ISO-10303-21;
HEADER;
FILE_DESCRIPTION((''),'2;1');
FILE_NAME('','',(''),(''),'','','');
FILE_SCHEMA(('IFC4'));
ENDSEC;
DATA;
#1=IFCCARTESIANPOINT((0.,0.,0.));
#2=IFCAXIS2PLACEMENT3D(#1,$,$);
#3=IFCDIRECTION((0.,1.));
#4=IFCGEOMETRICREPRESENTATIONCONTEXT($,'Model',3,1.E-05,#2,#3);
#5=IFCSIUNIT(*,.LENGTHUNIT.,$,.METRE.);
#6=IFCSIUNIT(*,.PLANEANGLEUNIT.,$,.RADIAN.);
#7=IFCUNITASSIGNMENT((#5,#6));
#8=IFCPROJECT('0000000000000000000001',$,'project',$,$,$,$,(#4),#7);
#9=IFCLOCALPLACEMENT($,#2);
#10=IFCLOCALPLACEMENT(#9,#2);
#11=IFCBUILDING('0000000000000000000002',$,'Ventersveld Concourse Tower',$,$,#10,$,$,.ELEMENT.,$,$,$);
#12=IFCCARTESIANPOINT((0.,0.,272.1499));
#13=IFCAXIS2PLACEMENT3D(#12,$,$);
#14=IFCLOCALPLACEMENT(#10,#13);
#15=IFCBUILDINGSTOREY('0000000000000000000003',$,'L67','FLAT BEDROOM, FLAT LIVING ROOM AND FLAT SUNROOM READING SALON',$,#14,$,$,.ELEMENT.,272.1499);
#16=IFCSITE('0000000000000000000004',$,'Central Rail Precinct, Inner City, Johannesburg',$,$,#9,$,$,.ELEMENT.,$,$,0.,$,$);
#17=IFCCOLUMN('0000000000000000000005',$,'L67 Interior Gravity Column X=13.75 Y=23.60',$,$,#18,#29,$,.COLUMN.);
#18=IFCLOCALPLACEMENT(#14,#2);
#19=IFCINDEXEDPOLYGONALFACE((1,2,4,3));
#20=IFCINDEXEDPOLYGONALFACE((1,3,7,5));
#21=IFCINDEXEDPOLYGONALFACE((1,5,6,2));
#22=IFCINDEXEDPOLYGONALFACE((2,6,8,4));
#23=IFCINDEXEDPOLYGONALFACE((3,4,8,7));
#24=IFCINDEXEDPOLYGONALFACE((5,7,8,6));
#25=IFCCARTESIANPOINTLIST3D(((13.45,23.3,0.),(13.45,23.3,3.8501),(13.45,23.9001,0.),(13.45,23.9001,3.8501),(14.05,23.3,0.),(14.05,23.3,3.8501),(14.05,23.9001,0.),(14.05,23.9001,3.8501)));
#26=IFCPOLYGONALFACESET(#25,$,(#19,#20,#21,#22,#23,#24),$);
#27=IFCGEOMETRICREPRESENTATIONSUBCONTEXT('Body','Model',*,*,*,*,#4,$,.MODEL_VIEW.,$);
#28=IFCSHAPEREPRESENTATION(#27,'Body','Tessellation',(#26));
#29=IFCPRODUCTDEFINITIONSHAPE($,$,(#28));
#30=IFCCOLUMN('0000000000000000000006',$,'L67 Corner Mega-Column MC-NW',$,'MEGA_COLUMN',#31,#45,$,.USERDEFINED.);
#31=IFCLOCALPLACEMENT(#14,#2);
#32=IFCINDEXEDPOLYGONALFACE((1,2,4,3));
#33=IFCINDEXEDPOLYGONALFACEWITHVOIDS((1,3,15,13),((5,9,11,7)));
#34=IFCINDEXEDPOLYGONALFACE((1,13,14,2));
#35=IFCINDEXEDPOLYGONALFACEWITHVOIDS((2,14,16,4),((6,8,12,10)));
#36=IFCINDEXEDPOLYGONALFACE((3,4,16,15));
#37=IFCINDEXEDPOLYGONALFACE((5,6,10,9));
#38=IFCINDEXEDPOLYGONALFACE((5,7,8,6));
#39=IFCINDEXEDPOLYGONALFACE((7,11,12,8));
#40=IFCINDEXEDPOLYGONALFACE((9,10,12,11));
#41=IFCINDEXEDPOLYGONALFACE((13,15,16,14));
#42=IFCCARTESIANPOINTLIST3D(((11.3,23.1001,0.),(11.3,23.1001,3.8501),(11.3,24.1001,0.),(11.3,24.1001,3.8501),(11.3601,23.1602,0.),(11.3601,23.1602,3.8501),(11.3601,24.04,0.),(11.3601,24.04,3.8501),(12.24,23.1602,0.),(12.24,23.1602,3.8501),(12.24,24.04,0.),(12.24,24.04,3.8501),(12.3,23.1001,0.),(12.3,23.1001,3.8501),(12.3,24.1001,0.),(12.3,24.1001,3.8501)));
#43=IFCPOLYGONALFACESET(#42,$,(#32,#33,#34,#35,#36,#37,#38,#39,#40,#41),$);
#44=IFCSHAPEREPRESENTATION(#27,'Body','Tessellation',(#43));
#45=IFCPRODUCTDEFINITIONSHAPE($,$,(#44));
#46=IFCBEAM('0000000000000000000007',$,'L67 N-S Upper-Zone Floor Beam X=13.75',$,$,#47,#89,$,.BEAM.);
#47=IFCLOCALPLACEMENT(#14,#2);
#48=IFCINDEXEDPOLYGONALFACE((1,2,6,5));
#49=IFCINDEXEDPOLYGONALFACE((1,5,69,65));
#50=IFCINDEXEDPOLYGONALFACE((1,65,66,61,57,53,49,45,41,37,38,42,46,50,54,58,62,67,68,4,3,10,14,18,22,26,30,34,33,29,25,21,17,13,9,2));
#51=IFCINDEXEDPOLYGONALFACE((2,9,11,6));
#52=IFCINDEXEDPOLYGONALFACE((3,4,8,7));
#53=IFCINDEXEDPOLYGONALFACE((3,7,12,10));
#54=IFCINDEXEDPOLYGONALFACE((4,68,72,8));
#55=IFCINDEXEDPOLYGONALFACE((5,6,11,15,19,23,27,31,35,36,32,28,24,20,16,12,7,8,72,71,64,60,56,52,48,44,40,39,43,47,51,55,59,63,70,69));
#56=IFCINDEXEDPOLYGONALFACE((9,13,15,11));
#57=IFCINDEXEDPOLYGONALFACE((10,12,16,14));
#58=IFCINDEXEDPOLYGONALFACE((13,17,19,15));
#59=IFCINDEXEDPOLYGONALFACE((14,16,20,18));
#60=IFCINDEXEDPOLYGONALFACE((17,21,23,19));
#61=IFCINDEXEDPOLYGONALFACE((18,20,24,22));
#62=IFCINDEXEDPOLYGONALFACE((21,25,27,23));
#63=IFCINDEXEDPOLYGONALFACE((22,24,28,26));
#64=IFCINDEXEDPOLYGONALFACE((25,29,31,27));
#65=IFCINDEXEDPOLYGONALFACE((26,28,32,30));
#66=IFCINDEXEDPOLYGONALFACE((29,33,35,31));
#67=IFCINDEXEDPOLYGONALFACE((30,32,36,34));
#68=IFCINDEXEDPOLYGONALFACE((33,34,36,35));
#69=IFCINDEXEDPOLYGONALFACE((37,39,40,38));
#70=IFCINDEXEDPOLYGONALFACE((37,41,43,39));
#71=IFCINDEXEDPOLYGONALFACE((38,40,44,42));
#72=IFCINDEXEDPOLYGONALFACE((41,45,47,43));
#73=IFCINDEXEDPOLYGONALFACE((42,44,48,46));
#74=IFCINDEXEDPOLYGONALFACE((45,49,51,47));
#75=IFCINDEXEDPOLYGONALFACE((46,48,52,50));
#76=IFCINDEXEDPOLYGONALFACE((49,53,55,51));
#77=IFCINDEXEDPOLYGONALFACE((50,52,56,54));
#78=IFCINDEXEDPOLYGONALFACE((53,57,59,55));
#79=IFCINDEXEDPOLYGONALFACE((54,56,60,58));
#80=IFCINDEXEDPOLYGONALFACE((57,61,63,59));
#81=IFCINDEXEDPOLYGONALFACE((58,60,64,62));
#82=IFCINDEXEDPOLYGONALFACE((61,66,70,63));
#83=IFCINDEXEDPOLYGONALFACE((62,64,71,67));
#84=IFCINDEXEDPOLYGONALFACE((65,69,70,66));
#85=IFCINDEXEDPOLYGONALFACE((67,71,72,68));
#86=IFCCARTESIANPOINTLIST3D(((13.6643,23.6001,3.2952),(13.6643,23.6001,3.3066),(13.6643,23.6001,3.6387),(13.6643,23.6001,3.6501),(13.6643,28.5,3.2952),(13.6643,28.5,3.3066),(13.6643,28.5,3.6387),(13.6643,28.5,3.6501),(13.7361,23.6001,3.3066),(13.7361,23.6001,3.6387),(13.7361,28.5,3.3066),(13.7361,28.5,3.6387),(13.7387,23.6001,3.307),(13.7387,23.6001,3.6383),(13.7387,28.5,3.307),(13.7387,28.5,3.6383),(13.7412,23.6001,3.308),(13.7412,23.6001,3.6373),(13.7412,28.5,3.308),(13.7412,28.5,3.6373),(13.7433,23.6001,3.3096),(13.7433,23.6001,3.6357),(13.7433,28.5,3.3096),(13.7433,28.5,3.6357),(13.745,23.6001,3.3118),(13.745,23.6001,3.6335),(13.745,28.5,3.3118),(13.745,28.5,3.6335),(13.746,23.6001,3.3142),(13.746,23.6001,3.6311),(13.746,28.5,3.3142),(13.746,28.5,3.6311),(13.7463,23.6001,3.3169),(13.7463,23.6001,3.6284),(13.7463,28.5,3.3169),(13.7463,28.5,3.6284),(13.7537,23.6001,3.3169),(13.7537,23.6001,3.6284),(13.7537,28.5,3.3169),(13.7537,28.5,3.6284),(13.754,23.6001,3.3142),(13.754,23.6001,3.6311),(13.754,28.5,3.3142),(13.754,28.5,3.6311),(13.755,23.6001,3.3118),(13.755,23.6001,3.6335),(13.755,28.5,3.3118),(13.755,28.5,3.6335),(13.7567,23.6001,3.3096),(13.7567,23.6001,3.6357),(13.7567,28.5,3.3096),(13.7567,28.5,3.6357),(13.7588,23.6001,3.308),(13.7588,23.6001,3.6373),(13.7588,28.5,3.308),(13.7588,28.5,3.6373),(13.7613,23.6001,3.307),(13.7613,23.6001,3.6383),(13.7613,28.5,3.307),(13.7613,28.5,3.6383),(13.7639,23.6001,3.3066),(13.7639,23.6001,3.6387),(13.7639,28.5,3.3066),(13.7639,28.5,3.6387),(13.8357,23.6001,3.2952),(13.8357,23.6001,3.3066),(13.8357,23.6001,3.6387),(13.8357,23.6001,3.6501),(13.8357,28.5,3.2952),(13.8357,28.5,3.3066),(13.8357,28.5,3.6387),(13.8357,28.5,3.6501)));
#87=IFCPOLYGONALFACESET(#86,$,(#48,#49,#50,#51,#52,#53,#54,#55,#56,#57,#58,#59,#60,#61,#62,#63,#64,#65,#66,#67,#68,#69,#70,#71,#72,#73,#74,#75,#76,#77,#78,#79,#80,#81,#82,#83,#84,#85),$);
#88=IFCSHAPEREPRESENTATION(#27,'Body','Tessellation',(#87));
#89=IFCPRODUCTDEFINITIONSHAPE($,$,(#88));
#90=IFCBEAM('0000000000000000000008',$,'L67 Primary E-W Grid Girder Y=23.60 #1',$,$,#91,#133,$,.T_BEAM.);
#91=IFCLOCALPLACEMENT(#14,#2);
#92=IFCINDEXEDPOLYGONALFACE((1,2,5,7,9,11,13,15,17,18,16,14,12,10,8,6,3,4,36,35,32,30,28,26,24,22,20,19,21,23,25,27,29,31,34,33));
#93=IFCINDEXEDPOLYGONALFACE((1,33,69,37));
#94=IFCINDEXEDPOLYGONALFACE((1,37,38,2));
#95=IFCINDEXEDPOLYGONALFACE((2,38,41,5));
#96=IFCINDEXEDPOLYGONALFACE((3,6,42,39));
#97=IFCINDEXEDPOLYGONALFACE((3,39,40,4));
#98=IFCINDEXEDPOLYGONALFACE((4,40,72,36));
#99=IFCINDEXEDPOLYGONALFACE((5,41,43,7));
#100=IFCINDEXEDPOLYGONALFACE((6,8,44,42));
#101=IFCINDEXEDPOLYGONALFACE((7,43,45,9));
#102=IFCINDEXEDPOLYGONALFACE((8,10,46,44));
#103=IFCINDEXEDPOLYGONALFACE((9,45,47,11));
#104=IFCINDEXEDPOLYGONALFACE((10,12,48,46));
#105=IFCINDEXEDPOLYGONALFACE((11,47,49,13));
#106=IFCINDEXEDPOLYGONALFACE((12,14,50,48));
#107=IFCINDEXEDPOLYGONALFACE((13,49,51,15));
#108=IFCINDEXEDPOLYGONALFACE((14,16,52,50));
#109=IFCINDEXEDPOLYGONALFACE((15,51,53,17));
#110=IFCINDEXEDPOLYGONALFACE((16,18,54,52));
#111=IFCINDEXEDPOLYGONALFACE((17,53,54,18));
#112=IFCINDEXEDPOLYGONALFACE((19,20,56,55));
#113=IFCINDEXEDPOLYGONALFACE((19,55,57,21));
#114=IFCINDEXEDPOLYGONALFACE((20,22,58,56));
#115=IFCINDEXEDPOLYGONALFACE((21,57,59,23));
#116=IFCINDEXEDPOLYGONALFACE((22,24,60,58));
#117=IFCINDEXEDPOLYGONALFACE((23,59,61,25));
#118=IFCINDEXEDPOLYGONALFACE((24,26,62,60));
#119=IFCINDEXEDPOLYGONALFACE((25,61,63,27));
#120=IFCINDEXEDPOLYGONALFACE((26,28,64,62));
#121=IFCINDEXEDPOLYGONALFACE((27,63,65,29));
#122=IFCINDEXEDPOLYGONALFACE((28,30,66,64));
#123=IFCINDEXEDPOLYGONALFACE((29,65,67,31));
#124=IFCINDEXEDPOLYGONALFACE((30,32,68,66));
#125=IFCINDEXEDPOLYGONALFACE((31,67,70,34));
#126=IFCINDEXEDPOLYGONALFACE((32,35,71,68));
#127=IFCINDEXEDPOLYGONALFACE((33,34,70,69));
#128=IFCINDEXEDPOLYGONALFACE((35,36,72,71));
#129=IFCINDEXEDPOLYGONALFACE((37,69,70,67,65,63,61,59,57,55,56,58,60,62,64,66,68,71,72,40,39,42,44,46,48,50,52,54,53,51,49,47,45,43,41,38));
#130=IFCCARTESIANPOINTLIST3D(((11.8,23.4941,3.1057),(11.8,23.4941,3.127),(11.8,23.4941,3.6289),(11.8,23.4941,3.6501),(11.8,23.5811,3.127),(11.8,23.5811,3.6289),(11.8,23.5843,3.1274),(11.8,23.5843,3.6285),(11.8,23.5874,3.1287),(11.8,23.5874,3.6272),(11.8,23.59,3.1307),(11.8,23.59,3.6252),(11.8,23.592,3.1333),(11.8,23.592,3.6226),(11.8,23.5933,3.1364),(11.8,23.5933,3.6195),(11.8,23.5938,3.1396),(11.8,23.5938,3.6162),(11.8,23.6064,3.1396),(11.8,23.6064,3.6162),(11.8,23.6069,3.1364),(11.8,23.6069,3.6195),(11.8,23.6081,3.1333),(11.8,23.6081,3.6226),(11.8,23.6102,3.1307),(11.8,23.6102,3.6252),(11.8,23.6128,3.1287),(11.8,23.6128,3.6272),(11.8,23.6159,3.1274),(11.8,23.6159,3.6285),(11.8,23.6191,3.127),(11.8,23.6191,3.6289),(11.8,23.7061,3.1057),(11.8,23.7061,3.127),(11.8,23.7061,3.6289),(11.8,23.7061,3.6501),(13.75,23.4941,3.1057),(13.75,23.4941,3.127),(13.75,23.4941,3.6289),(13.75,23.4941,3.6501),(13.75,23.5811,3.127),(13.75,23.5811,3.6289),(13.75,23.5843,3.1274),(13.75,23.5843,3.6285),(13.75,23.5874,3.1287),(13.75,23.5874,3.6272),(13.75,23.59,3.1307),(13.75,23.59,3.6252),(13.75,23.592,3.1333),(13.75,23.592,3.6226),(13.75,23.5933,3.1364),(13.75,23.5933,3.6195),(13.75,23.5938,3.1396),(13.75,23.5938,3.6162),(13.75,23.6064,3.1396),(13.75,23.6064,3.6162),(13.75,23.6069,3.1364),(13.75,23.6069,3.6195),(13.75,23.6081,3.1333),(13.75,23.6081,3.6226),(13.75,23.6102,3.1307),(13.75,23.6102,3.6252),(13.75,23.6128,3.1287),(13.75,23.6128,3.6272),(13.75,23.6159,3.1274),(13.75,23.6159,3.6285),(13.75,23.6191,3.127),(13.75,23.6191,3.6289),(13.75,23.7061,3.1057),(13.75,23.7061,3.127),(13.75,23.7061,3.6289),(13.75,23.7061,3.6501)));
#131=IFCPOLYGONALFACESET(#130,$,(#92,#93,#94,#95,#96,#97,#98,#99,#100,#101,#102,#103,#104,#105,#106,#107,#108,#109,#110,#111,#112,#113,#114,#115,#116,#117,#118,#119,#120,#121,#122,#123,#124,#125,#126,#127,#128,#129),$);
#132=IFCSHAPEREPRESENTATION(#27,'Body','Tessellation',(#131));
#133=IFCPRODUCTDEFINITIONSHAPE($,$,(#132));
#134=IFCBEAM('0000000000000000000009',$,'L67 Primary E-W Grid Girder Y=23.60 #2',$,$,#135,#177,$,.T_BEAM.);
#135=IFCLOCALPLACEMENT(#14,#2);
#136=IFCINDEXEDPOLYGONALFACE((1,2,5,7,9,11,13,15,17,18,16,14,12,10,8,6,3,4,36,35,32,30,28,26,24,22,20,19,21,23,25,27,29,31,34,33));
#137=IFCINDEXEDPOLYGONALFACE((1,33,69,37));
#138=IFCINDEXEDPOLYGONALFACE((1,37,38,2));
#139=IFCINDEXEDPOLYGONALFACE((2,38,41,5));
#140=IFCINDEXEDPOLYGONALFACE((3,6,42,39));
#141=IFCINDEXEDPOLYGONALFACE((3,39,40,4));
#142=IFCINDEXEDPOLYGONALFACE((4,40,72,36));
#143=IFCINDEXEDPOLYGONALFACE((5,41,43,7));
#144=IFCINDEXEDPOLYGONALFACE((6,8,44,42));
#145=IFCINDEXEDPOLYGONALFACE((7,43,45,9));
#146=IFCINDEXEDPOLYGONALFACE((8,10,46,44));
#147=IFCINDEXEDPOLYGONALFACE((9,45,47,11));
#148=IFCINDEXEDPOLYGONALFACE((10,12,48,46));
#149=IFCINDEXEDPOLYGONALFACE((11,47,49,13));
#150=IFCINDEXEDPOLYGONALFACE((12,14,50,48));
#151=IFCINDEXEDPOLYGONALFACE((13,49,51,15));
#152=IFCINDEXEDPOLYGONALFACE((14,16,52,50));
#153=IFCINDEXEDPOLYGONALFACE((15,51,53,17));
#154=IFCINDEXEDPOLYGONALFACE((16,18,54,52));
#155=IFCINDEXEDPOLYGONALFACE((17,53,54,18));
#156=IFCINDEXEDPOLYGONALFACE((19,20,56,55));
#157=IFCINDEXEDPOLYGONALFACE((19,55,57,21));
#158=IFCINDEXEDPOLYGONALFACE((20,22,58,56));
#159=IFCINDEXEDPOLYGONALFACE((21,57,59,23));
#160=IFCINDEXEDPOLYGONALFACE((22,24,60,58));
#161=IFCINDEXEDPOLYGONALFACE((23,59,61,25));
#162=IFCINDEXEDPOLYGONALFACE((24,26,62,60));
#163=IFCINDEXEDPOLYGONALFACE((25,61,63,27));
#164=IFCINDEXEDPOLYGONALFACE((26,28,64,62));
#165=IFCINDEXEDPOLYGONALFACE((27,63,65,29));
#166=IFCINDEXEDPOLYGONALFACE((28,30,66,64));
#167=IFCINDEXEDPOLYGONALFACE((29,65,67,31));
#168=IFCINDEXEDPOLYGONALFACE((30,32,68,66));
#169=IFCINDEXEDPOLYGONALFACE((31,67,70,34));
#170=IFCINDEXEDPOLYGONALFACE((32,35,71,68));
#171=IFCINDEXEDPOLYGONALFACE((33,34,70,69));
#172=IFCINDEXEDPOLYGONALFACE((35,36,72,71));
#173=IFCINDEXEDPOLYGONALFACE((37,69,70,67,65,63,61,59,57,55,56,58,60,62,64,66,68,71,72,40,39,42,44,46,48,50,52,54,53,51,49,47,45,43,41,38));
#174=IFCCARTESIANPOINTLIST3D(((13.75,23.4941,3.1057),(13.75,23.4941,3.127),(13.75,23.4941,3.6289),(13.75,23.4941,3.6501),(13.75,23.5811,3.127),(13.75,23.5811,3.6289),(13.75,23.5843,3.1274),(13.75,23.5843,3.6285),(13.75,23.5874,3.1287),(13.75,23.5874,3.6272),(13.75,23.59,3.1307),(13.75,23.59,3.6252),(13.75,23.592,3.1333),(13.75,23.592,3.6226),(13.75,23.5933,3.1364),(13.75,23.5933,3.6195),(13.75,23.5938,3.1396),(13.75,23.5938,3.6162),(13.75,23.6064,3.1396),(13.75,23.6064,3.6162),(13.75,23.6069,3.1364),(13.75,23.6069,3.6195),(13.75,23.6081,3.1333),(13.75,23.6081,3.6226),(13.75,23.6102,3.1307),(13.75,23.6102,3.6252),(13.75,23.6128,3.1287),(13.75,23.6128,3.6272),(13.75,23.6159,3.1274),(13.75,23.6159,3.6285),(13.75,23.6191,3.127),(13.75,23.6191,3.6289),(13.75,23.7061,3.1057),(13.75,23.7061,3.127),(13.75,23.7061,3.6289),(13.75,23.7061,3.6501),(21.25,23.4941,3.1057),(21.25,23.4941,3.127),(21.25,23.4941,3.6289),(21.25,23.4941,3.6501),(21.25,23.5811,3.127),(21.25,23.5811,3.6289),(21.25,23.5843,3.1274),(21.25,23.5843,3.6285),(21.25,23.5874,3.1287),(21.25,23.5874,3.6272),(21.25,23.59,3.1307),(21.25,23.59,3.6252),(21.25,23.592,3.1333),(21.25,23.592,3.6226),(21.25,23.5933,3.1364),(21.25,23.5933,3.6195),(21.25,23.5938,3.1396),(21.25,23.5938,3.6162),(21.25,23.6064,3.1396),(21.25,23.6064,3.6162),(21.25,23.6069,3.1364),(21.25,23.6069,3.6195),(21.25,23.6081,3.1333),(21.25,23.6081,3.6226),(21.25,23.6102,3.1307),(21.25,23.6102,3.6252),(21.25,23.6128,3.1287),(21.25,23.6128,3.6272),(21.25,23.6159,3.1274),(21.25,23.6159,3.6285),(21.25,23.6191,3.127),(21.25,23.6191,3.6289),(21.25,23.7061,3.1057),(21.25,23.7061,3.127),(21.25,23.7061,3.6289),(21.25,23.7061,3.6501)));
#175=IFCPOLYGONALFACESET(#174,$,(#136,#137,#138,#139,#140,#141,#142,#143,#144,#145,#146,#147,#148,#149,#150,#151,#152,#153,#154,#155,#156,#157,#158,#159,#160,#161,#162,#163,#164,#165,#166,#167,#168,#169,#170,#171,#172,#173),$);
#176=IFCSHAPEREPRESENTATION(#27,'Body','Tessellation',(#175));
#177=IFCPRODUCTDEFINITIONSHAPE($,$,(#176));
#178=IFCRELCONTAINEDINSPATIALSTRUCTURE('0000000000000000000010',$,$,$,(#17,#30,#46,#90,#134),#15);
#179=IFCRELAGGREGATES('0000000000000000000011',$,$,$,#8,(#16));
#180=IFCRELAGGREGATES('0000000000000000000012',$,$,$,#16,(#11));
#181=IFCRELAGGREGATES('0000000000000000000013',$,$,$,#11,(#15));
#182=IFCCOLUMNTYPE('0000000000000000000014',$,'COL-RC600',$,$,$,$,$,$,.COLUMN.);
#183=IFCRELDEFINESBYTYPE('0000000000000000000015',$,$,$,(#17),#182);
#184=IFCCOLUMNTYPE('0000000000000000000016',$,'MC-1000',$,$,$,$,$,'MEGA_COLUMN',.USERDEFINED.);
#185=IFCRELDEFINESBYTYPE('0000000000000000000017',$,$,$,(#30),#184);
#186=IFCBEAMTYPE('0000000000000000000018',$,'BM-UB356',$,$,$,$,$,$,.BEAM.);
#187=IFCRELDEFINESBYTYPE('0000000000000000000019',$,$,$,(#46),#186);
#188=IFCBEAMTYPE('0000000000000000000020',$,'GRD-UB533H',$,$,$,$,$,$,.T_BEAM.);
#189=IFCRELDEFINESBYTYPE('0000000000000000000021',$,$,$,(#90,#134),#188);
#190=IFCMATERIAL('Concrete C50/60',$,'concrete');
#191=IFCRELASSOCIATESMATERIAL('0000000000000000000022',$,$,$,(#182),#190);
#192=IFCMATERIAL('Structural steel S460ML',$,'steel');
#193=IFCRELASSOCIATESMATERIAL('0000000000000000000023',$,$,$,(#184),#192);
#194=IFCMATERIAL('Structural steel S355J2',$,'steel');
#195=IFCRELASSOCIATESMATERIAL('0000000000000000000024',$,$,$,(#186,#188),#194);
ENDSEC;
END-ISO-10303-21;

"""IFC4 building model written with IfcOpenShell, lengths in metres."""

from ifc_helpers import new_model, si_unit, direction, frame, origin, origin_2d, place, context, subcontext, project, spatial, rectangle, hollow_rectangle, i_section, extrude, material, material_profile, profile_set, type_object, element, save


model = new_model("IFC4")

# Units and contexts
model_context = context("Model", 3, precision=1e-05, world=origin(), true_north=direction((0.0, 1.0)))
body_context = subcontext(model_context, "Body", "Model", "MODEL_VIEW")
ifc_project = project(units=[si_unit("LENGTHUNIT", "METRE"), si_unit("PLANEANGLEUNIT", "RADIAN")], contexts=[model_context])

# Site, building, storey
site_placement = place(None, origin())
site = spatial("IfcSite", under=ifc_project, at=site_placement, Name="Central Rail Precinct, Inner City, Johannesburg", CompositionType="ELEMENT", RefElevation=0.0)
building_placement = place(site_placement, origin())
building = spatial("IfcBuilding", under=site, at=building_placement, Name="Ventersveld Concourse Tower", CompositionType="ELEMENT")
storey_placement = place(building_placement, frame((0.0, 0.0, 272.1499)))
storey = spatial("IfcBuildingStorey", under=building, at=storey_placement, Name="L67", Description="FLAT BEDROOM, FLAT LIVING ROOM AND FLAT SUNROOM READING SALON", CompositionType="ELEMENT", Elevation=272.1499)

# Columns
ifc_material_1 = material(Name="Concrete C50/60", Category="concrete")
ifc_material_profile_1 = material_profile(ifc_material_1, rectangle(XDim=0.6001, YDim=0.6001, at=origin_2d()), Name="RC 600x600")
ifc_profile_set_1 = profile_set([ifc_material_profile_1], Name="Concrete C50/60")
column_type_1 = type_object("IfcColumnType", Name="COL-RC600", PredefinedType="COLUMN", material=ifc_profile_set_1)
column_1_placement = place(storey_placement, frame((13.75, 23.6001, 0.0), z_axis=(0.0, 0.0, 1.0), x_axis=(1.0, 0.0, 0.0)))
element("IfcColumn", 1, at=column_1_placement, inside=storey, type_object=column_type_1, Name="L67 Interior Gravity Column X=13.75 Y=23.60", PredefinedType="COLUMN", context=body_context, shape_type="SweptSolid", body=[
    extrude(rectangle(XDim=0.6001, YDim=0.6001, at=origin_2d()), origin(), (0.0, 0.0, 1.0), 3.8501),
])
ifc_material_2 = material(Name="Structural steel S460ML", Category="steel")
ifc_material_profile_2 = material_profile(ifc_material_2, hollow_rectangle(XDim=1.0, YDim=1.0, WallThickness=0.0601, at=origin_2d()), Name="BOX 1000x1000x60")
ifc_profile_set_2 = profile_set([ifc_material_profile_2], Name="Structural steel S460ML")
column_type_2 = type_object("IfcColumnType", Name="MC-1000", ElementType="MEGA_COLUMN", PredefinedType="USERDEFINED", material=ifc_profile_set_2)
column_2_placement = place(storey_placement, frame((11.8, 23.6001, 0.0), z_axis=(0.0, 0.0, 1.0), x_axis=(1.0, 0.0, 0.0)))
element("IfcColumn", 2, at=column_2_placement, inside=storey, type_object=column_type_2, Name="L67 Corner Mega-Column MC-NW", ObjectType="MEGA_COLUMN", PredefinedType="USERDEFINED", context=body_context, shape_type="SweptSolid", body=[
    extrude(hollow_rectangle(XDim=1.0, YDim=1.0, WallThickness=0.0601, at=origin_2d()), origin(), (0.0, 0.0, 1.0), 3.8501),
])

# Beams
ifc_material_3 = material(Name="Structural steel S355J2", Category="steel")
ifc_material_profile_3 = material_profile(ifc_material_3, i_section(OverallWidth=0.1714, OverallDepth=0.355, WebThickness=0.0073, FlangeThickness=0.0115, FilletRadius=0.0103, at=origin_2d()), Name="UB 356x171x51")
ifc_profile_set_3 = profile_set([ifc_material_profile_3], Name="Structural steel S355J2")
beam_type_1 = type_object("IfcBeamType", Name="BM-UB356", PredefinedType="BEAM", material=ifc_profile_set_3)
beam_1_placement = place(storey_placement, frame((13.75, 23.6001, 3.4727), z_axis=(0.0, 1.0, 0.0), x_axis=(-1.0, 0.0, 0.0)))
element("IfcBeam", 3, at=beam_1_placement, inside=storey, type_object=beam_type_1, Name="L67 N-S Upper-Zone Floor Beam X=13.75", PredefinedType="BEAM", context=body_context, shape_type="SweptSolid", body=[
    extrude(i_section(OverallWidth=0.1714, OverallDepth=0.355, WebThickness=0.0073, FlangeThickness=0.0115, FilletRadius=0.0103, at=origin_2d()), origin(), (0.0, 0.0, 1.0), 4.8999),
])
ifc_material_profile_4 = material_profile(ifc_material_3, i_section(OverallWidth=0.2119, OverallDepth=0.5444, WebThickness=0.0127, FlangeThickness=0.0212, FilletRadius=0.0127, at=origin_2d()), Name="UB 533x210x122")
ifc_profile_set_4 = profile_set([ifc_material_profile_4], Name="Structural steel S355J2")
beam_type_2 = type_object("IfcBeamType", Name="GRD-UB533H", PredefinedType="T_BEAM", material=ifc_profile_set_4)
beam_2_placement = place(storey_placement, frame((11.8, 23.6001, 3.3779), z_axis=(1.0, 0.0, 0.0), x_axis=(0.0, 1.0, 0.0)))
element("IfcBeam", 4, at=beam_2_placement, inside=storey, type_object=beam_type_2, Name="L67 Primary E-W Grid Girder Y=23.60 #1", PredefinedType="T_BEAM", context=body_context, shape_type="SweptSolid", body=[
    extrude(i_section(OverallWidth=0.2119, OverallDepth=0.5444, WebThickness=0.0127, FlangeThickness=0.0212, FilletRadius=0.0127, at=origin_2d()), origin(), (0.0, 0.0, 1.0), 1.95),
])
beam_3_placement = place(storey_placement, frame((13.75, 23.6001, 3.3779), z_axis=(1.0, 0.0, 0.0), x_axis=(0.0, 1.0, 0.0)))
element("IfcBeam", 5, at=beam_3_placement, inside=storey, type_object=beam_type_2, Name="L67 Primary E-W Grid Girder Y=23.60 #2", PredefinedType="T_BEAM", context=body_context, shape_type="SweptSolid", body=[
    extrude(i_section(OverallWidth=0.2119, OverallDepth=0.5444, WebThickness=0.0127, FlangeThickness=0.0212, FilletRadius=0.0127, at=origin_2d()), origin(), (0.0, 0.0, 1.0), 7.5),
])

save(model, "model.ifc")
